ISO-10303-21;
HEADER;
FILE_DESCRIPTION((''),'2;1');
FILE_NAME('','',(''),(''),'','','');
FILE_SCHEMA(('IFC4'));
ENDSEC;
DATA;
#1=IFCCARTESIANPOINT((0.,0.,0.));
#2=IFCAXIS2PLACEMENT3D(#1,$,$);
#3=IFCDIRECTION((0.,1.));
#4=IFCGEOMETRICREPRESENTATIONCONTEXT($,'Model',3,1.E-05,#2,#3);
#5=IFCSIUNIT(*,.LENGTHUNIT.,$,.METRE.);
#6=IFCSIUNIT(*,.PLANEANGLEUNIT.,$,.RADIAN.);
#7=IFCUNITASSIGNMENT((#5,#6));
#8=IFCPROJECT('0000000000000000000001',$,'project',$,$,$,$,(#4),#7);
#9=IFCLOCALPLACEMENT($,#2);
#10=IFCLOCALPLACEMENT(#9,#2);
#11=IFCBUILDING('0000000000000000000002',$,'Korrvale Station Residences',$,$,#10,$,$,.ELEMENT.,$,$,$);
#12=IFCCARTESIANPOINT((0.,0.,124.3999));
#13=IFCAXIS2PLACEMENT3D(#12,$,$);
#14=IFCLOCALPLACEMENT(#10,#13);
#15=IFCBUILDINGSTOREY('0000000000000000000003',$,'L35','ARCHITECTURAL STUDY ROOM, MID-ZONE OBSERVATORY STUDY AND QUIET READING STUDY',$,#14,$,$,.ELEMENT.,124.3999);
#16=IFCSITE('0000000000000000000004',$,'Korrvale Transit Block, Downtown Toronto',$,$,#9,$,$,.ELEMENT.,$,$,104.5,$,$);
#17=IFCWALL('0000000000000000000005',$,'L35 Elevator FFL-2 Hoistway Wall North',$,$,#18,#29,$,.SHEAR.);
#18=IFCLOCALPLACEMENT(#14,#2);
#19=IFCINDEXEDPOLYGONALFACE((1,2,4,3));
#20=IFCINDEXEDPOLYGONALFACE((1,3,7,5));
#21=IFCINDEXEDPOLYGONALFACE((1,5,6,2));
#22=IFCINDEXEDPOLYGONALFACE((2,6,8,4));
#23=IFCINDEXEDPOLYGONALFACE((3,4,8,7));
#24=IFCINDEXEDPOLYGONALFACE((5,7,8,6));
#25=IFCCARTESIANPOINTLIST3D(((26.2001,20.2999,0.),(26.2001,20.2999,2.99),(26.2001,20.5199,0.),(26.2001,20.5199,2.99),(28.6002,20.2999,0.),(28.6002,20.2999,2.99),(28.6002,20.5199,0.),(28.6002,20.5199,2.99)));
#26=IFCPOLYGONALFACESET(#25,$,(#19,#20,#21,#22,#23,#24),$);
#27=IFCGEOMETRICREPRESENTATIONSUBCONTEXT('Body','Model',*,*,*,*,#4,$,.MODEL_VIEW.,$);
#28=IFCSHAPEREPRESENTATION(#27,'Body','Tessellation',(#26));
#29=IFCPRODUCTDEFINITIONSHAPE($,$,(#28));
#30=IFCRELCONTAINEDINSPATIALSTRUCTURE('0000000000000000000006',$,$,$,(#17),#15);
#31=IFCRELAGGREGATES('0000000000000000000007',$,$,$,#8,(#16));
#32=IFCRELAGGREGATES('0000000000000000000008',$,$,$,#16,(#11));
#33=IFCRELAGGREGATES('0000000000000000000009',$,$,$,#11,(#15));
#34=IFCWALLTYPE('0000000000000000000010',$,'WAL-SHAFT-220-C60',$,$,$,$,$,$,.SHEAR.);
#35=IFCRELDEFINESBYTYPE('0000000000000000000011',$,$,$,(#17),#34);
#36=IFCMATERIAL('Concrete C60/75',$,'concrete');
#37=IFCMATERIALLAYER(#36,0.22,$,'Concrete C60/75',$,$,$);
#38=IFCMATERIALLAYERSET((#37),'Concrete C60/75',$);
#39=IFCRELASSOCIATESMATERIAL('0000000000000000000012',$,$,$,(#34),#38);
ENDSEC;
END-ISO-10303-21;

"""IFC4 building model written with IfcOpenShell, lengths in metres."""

from ifc_helpers import new_model, si_unit, direction, frame, frame_2d, origin, place, context, subcontext, project, spatial, rectangle, extrude, material, layer, layer_set, type_object, element, save


model = new_model("IFC4")

# Units and contexts
model_context = context("Model", 3, precision=1e-05, world=origin(), true_north=direction((0.0, 1.0)))
body_context = subcontext(model_context, "Body", "Model", "MODEL_VIEW")
ifc_project = project(units=[si_unit("LENGTHUNIT", "METRE"), si_unit("PLANEANGLEUNIT", "RADIAN")], contexts=[model_context])

# Site, building, storey
site_placement = place(None, origin())
site = spatial("IfcSite", under=ifc_project, at=site_placement, Name="Korrvale Transit Block, Downtown Toronto", CompositionType="ELEMENT", RefElevation=104.5)
building_placement = place(site_placement, origin())
building = spatial("IfcBuilding", under=site, at=building_placement, Name="Korrvale Station Residences", CompositionType="ELEMENT")
storey_placement = place(building_placement, frame((0.0, 0.0, 124.3999)))
storey = spatial("IfcBuildingStorey", under=building, at=storey_placement, Name="L35", Description="ARCHITECTURAL STUDY ROOM, MID-ZONE OBSERVATORY STUDY AND QUIET READING STUDY", CompositionType="ELEMENT", Elevation=124.3999)

# Shared definitions
ifc_material_1 = material(Name="Concrete C60/75", Category="concrete")

# Shared definitions
ifc_layer_1 = layer(ifc_material_1, 0.22, Name="Concrete C60/75")
ifc_layer_set_1 = layer_set([ifc_layer_1], Name="Concrete C60/75")
wall_type_1 = type_object("IfcWallType", Name="WAL-SHAFT-220-C60", PredefinedType="SHEAR", material=ifc_layer_set_1)

# Wall
wall_1_placement = place(storey_placement, frame((26.2, 20.4099, 0.0), z_axis=(0.0, 0.0, 1.0), x_axis=(1.0, 0.0, 0.0)))
element("IfcWall", 1, at=wall_1_placement, inside=storey, type_object=wall_type_1, Name="L35 Elevator FFL-2 Hoistway Wall North", PredefinedType="SHEAR", context=body_context, shape_type="SweptSolid", body=[
    extrude(rectangle(XDim=2.4001, YDim=0.22, at=frame_2d((1.2002, 0.0))), origin(), (0.0, 0.0, 1.0), 2.99),
])

save(model, "model.ifc")
